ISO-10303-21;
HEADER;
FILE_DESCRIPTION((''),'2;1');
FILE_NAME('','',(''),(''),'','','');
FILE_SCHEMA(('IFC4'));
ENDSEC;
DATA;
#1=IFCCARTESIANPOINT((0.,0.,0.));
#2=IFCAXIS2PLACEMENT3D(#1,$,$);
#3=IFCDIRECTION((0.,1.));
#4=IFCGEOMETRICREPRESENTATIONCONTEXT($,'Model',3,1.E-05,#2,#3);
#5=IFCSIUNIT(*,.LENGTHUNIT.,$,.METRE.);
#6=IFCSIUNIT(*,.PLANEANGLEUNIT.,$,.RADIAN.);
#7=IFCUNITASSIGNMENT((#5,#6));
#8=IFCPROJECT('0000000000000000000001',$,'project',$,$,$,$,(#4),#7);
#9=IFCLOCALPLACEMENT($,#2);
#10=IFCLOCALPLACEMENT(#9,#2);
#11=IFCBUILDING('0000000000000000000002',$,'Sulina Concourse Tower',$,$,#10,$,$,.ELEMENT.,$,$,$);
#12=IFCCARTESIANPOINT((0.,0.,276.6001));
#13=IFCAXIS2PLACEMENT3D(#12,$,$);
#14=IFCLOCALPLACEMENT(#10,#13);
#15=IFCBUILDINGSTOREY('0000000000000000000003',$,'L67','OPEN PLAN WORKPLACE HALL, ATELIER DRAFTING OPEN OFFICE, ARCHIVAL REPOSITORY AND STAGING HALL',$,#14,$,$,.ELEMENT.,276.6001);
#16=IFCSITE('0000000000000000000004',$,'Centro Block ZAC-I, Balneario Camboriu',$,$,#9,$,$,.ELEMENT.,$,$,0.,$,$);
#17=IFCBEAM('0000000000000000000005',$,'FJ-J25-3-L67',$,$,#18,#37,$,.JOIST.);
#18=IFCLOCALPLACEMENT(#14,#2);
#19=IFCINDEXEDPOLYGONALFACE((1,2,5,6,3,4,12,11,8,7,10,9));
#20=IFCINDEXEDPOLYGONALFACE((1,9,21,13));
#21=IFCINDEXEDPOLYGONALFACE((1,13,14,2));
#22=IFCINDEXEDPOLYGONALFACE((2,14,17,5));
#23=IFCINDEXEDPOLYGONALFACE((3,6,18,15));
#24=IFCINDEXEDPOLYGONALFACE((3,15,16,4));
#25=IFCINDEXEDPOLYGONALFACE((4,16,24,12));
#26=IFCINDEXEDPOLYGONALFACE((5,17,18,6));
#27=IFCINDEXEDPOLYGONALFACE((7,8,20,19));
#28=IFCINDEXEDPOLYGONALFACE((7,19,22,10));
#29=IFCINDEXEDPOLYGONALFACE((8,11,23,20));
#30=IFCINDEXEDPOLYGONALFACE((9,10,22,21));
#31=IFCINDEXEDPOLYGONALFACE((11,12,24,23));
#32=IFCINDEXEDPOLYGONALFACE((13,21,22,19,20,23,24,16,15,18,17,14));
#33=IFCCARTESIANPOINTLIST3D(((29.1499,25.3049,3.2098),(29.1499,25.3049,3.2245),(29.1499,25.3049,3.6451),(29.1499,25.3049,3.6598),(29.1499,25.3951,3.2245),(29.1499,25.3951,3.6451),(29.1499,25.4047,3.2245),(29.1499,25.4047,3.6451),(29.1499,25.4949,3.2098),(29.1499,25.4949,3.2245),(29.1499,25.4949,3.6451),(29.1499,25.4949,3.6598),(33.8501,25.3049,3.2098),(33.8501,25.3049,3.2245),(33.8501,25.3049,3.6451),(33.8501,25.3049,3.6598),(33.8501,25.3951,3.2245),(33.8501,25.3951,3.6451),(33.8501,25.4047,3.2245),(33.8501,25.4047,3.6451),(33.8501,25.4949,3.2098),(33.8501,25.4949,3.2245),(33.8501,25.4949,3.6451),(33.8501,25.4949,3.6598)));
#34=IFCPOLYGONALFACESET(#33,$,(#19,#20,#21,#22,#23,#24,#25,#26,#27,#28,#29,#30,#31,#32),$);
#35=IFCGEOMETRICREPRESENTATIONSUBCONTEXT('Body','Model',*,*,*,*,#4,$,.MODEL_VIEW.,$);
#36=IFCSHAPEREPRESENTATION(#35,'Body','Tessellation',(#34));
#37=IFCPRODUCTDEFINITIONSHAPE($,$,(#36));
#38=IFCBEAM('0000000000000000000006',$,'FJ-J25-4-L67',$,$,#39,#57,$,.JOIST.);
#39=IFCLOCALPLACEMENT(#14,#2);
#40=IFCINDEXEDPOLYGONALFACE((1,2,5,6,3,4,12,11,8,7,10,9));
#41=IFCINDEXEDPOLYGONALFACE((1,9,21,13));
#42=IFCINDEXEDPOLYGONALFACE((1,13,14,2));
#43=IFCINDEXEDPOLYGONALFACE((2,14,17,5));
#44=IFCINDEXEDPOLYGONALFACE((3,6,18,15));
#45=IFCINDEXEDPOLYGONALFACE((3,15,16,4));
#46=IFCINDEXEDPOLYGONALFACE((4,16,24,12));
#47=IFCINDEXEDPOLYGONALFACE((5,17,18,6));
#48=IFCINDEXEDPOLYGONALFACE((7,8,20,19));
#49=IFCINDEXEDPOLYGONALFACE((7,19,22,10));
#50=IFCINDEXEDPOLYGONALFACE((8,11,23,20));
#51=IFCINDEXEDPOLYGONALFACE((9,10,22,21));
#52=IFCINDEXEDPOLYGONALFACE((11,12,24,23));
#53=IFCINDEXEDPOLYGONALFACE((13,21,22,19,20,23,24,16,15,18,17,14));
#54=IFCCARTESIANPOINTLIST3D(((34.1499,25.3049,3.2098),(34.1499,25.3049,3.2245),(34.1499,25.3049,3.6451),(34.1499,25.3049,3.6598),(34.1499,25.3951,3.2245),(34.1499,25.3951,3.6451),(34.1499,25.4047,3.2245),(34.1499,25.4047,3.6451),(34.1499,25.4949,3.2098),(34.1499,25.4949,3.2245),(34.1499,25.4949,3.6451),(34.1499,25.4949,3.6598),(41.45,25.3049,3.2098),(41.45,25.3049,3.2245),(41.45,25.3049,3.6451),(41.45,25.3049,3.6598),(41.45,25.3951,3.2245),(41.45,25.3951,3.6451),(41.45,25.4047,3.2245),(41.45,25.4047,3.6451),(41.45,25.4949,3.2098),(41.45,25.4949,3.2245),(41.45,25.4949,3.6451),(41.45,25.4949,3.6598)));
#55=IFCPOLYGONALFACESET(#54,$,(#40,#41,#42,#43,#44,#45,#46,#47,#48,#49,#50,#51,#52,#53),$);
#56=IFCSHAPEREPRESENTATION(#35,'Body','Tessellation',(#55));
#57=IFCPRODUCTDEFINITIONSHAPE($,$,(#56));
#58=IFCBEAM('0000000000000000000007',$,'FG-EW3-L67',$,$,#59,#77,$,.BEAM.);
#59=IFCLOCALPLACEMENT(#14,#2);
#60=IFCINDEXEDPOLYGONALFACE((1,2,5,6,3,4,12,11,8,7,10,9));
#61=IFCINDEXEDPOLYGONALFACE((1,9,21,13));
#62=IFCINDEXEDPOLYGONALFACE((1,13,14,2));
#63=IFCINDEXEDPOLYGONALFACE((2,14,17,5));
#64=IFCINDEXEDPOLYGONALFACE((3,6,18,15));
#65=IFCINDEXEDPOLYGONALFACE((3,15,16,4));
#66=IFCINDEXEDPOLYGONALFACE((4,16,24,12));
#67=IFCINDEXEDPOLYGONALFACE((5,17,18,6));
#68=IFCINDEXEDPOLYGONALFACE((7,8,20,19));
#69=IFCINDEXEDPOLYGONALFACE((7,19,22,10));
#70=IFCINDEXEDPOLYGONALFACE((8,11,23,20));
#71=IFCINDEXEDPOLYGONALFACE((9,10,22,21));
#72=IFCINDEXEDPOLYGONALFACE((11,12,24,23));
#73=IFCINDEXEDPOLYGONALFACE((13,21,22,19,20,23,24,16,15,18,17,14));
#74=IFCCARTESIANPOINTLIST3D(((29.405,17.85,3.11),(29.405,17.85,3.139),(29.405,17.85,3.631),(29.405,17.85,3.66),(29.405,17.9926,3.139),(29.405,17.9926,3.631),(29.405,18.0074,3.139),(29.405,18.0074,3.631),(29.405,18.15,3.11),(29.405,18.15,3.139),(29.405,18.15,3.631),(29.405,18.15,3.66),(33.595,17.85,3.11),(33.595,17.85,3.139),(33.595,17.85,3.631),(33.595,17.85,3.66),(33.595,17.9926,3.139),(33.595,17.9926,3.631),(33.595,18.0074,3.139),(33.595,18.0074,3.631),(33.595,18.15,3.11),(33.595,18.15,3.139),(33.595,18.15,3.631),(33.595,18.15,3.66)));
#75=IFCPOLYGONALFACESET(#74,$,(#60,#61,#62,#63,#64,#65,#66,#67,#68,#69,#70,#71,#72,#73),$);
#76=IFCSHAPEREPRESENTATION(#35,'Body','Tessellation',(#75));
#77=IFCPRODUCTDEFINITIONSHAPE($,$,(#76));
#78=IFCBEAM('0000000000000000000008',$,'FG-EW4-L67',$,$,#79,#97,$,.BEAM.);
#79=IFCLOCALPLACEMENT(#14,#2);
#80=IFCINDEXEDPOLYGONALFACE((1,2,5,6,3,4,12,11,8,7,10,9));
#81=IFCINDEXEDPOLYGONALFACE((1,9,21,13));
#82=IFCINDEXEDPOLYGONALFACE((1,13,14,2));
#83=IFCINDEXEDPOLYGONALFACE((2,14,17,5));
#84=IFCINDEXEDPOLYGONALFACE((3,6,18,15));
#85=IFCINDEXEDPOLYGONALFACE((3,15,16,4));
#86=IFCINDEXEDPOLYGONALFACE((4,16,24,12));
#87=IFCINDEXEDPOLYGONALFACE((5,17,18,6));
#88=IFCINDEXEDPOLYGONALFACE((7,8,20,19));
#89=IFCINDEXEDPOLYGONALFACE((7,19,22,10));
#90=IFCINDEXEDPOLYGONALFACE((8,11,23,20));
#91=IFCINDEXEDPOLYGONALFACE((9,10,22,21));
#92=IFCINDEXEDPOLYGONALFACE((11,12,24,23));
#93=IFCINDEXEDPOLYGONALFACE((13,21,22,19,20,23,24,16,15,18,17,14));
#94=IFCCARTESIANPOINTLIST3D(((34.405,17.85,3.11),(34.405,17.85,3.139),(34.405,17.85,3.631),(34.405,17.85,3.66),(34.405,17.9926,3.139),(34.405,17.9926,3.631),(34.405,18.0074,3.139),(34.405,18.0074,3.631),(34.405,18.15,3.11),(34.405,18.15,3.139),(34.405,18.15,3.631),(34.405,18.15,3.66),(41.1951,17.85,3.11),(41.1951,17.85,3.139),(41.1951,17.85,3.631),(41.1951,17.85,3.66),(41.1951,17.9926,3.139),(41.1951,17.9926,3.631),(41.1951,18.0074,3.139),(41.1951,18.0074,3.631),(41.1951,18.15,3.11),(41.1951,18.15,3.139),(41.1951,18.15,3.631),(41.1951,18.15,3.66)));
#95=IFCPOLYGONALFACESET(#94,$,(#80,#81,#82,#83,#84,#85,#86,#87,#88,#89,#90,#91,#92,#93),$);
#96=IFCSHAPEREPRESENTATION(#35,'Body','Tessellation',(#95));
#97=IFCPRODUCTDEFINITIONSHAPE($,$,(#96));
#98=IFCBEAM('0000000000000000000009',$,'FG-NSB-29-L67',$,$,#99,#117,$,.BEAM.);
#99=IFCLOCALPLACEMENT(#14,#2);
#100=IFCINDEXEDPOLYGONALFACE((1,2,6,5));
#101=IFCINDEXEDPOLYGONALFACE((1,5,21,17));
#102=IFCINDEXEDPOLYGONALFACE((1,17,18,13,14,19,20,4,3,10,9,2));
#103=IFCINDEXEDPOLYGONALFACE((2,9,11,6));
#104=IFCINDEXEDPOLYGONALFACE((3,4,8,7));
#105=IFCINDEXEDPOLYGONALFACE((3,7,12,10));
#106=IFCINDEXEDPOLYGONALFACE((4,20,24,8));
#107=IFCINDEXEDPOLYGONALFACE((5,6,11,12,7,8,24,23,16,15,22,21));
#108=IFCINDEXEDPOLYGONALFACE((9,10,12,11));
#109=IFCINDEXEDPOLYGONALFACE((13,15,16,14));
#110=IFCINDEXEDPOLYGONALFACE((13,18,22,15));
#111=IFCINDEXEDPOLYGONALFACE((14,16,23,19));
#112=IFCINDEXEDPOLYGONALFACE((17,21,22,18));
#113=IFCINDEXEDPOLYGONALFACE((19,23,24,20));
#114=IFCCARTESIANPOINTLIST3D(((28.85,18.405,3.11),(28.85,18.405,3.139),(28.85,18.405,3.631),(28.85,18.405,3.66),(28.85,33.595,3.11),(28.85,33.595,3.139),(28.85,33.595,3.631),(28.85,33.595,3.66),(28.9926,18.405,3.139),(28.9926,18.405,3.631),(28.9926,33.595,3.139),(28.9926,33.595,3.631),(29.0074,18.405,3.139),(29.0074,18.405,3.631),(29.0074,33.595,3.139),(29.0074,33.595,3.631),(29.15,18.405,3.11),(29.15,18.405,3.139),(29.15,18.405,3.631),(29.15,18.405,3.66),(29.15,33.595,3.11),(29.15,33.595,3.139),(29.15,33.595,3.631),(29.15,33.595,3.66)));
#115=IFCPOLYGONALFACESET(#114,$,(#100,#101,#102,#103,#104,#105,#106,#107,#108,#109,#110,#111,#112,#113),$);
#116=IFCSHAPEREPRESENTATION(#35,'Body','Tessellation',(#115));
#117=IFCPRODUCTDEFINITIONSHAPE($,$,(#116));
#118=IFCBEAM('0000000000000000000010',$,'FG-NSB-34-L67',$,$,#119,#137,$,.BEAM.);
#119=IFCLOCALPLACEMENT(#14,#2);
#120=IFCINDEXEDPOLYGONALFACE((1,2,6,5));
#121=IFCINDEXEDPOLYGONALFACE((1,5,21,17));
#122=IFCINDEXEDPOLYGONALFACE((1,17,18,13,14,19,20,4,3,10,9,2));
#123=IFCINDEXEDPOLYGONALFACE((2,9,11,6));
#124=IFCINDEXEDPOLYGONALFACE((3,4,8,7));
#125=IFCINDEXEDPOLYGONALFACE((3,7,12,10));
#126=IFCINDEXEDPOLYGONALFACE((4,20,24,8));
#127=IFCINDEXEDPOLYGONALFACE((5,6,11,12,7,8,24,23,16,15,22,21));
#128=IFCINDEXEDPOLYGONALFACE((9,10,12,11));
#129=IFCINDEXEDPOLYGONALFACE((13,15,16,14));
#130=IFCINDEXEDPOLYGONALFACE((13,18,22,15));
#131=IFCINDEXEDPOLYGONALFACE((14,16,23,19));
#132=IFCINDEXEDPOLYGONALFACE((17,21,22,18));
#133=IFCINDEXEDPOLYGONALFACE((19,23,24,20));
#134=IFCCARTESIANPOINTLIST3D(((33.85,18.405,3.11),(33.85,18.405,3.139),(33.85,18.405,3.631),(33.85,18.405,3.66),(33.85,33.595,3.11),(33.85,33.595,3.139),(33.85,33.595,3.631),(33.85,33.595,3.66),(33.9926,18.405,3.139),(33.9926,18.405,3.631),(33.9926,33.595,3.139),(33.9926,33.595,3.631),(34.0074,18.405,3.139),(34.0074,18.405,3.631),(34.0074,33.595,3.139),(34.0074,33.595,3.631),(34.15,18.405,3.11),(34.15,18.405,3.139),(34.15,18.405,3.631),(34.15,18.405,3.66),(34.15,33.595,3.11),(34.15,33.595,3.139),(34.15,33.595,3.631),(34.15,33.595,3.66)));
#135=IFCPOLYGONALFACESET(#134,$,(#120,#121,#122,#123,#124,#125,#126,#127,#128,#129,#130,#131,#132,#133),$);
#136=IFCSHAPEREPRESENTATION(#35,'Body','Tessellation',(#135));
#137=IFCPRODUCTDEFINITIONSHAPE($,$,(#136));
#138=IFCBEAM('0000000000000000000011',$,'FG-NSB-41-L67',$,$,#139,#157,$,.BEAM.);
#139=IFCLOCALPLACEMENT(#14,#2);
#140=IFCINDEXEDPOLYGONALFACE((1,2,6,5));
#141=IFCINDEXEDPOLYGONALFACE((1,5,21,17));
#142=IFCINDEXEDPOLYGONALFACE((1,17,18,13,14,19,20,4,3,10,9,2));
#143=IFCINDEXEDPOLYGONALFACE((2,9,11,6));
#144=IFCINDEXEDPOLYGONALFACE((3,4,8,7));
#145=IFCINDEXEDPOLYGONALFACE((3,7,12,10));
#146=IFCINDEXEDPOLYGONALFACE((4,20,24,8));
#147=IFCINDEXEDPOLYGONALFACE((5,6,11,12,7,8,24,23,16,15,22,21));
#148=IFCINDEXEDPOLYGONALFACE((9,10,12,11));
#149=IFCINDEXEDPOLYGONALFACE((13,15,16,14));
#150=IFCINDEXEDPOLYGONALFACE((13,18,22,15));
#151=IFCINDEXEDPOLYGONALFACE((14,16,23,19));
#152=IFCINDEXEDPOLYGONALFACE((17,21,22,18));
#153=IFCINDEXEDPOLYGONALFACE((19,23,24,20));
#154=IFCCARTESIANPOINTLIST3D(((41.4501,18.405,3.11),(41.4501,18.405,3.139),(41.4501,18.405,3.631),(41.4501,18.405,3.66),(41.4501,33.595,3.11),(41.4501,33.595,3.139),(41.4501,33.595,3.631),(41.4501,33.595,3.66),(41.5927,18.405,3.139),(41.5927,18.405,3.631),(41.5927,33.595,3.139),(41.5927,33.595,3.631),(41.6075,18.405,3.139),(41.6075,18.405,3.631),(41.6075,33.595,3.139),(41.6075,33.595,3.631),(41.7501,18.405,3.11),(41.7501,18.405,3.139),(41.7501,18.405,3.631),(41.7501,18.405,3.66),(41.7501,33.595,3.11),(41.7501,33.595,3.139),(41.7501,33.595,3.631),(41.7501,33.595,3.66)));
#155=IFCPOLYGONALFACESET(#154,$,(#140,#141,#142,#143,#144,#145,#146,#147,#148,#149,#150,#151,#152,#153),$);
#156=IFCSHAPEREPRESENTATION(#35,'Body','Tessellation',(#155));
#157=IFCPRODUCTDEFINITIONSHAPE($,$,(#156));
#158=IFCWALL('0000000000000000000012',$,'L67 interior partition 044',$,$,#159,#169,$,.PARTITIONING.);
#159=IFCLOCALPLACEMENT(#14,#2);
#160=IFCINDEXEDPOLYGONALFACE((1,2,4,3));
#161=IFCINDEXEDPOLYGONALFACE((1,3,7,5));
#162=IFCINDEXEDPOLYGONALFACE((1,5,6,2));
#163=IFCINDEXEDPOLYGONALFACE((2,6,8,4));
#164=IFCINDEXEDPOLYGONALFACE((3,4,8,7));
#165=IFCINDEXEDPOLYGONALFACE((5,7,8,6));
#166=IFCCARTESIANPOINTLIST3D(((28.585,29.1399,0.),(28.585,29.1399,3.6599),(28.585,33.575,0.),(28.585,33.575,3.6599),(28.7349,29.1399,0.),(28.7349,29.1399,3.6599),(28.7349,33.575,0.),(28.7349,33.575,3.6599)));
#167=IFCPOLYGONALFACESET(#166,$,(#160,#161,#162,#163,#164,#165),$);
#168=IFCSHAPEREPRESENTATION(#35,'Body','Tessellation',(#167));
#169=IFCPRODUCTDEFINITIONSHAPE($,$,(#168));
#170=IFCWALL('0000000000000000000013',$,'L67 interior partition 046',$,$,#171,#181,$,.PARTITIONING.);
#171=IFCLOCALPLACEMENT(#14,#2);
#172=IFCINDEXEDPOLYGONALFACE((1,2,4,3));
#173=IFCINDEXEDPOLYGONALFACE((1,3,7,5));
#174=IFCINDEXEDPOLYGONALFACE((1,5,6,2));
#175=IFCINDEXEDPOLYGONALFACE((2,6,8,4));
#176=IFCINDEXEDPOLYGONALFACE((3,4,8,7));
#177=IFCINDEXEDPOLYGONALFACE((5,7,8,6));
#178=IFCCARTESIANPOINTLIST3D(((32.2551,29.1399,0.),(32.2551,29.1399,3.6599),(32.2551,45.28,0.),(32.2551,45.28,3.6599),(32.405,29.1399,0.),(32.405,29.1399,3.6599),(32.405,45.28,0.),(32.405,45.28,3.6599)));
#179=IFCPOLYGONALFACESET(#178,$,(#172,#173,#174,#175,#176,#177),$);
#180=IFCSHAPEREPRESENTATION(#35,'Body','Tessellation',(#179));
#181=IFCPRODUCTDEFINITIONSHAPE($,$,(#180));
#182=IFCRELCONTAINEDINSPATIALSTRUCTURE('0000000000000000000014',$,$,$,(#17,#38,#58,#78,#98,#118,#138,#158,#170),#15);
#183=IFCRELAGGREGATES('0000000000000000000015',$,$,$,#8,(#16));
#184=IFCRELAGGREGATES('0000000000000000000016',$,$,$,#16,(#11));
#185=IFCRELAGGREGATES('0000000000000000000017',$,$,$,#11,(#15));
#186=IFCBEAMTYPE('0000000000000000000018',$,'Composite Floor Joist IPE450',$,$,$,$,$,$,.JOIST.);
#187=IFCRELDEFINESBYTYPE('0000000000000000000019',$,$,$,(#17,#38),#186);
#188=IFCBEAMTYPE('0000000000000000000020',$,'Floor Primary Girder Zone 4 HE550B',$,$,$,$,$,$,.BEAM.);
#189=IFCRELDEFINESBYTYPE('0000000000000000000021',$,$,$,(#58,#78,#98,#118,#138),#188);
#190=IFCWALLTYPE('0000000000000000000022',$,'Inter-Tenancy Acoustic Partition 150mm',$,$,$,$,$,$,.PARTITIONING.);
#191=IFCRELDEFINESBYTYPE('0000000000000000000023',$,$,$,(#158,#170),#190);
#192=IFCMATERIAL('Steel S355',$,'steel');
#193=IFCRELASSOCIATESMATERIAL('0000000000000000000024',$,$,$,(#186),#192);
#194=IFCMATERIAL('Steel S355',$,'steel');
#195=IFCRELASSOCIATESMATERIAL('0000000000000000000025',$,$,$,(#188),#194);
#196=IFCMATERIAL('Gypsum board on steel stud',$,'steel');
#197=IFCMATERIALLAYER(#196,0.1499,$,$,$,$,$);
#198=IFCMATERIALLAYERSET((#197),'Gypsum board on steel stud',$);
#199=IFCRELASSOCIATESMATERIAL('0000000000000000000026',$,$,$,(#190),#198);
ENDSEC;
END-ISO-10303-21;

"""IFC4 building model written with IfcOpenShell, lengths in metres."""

from ifc_helpers import new_model, si_unit, direction, frame, frame_2d, origin, origin_2d, place, context, subcontext, project, spatial, rectangle, i_section, extrude, material, layer, layer_set, material_profile, profile_set, type_object, element, save


model = new_model("IFC4")

# Units and contexts
model_context = context("Model", 3, precision=1e-05, world=origin(), true_north=direction((0.0, 1.0)))
body_context = subcontext(model_context, "Body", "Model", "MODEL_VIEW")
ifc_project = project(units=[si_unit("LENGTHUNIT", "METRE"), si_unit("PLANEANGLEUNIT", "RADIAN")], contexts=[model_context])

# Site, building, storey
site_placement = place(None, origin())
site = spatial("IfcSite", under=ifc_project, at=site_placement, Name="Centro Block ZAC-I, Balneario Camboriu", CompositionType="ELEMENT", RefElevation=0.0)
building_placement = place(site_placement, origin())
building = spatial("IfcBuilding", under=site, at=building_placement, Name="Sulina Concourse Tower", CompositionType="ELEMENT")
storey_placement = place(building_placement, frame((0.0, 0.0, 276.6001)))
storey = spatial("IfcBuildingStorey", under=building, at=storey_placement, Name="L67", Description="OPEN PLAN WORKPLACE HALL, ATELIER DRAFTING OPEN OFFICE, ARCHIVAL REPOSITORY AND STAGING HALL", CompositionType="ELEMENT", Elevation=276.6001)

# Beams
ifc_material_1 = material(Name="Steel S355", Category="steel")
ifc_material_profile_1 = material_profile(ifc_material_1, i_section(OverallWidth=0.1899, OverallDepth=0.45, WebThickness=0.0095, FlangeThickness=0.0146, at=origin_2d()), Name="IPE 450")
ifc_profile_set_1 = profile_set([ifc_material_profile_1], Name="Steel S355")
beam_type_1 = type_object("IfcBeamType", Name="Composite Floor Joist IPE450", PredefinedType="JOIST", material=ifc_profile_set_1)
beam_1_placement = place(storey_placement, frame((29.1499, 25.3999, 3.4348), z_axis=(1.0, 0.0, 0.0), x_axis=(0.0, 1.0, 0.0)))
element("IfcBeam", 1, at=beam_1_placement, inside=storey, type_object=beam_type_1, Name="FJ-J25-3-L67", PredefinedType="JOIST", context=body_context, shape_type="SweptSolid", body=[
    extrude(i_section(OverallWidth=0.1899, OverallDepth=0.45, WebThickness=0.0095, FlangeThickness=0.0146, at=origin_2d()), origin(), (0.0, 0.0, 1.0), 4.7002),
])
beam_2_placement = place(storey_placement, frame((34.1499, 25.3999, 3.4348), z_axis=(1.0, 0.0, 0.0), x_axis=(0.0, 1.0, 0.0)))
element("IfcBeam", 2, at=beam_2_placement, inside=storey, type_object=beam_type_1, Name="FJ-J25-4-L67", PredefinedType="JOIST", context=body_context, shape_type="SweptSolid", body=[
    extrude(i_section(OverallWidth=0.1899, OverallDepth=0.45, WebThickness=0.0095, FlangeThickness=0.0146, at=origin_2d()), origin(), (0.0, 0.0, 1.0), 7.3),
])
ifc_material_2 = material(Name="Steel S355", Category="steel")
ifc_material_profile_2 = material_profile(ifc_material_2, i_section(OverallWidth=0.3, OverallDepth=0.55, WebThickness=0.0149, FlangeThickness=0.0291, at=origin_2d()), Name="HE 550 B")
ifc_profile_set_2 = profile_set([ifc_material_profile_2], Name="Steel S355")
beam_type_2 = type_object("IfcBeamType", Name="Floor Primary Girder Zone 4 HE550B", PredefinedType="BEAM", material=ifc_profile_set_2)
beam_3_placement = place(storey_placement, frame((29.405, 18.0, 3.385), z_axis=(1.0, 0.0, 0.0), x_axis=(0.0, 1.0, 0.0)))
element("IfcBeam", 3, at=beam_3_placement, inside=storey, type_object=beam_type_2, Name="FG-EW3-L67", PredefinedType="BEAM", context=body_context, shape_type="SweptSolid", body=[
    extrude(i_section(OverallWidth=0.3, OverallDepth=0.55, WebThickness=0.0149, FlangeThickness=0.0291, at=origin_2d()), origin(), (0.0, 0.0, 1.0), 4.1899),
])
beam_4_placement = place(storey_placement, frame((34.405, 18.0, 3.385), z_axis=(1.0, 0.0, 0.0), x_axis=(0.0, 1.0, 0.0)))
element("IfcBeam", 4, at=beam_4_placement, inside=storey, type_object=beam_type_2, Name="FG-EW4-L67", PredefinedType="BEAM", context=body_context, shape_type="SweptSolid", body=[
    extrude(i_section(OverallWidth=0.3, OverallDepth=0.55, WebThickness=0.0149, FlangeThickness=0.0291, at=origin_2d()), origin(), (0.0, 0.0, 1.0), 6.79),
])
for number, where, z_axis, x_axis, name in (
    (5, (29.0, 18.405, 3.385), (0.0, 1.0, 0.0), (-1.0, 0.0, 0.0), "FG-NSB-29-L67"),
    (6, (34.0, 18.405, 3.385), (0.0, 1.0, 0.0), (-1.0, 0.0, 0.0), "FG-NSB-34-L67"),
    (7, (41.6001, 18.405, 3.385), (0.0, 1.0, 0.0), (-1.0, 0.0, 0.0), "FG-NSB-41-L67"),
):
    element("IfcBeam", number, at=place(storey_placement, frame(where, z_axis=z_axis, x_axis=x_axis)), inside=storey, type_object=beam_type_2, Name=name, PredefinedType="BEAM", context=body_context, shape_type="SweptSolid", body=[
        extrude(i_section(OverallWidth=0.3, OverallDepth=0.55, WebThickness=0.0149, FlangeThickness=0.0291, at=origin_2d()), origin(), (0.0, 0.0, 1.0), 15.1899),
    ])

# Walls
ifc_material_3 = material(Name="Gypsum board on steel stud", Category="steel")
ifc_layer_1 = layer(ifc_material_3, 0.1499)
ifc_layer_set_1 = layer_set([ifc_layer_1], Name="Gypsum board on steel stud")
wall_type_1 = type_object("IfcWallType", Name="Inter-Tenancy Acoustic Partition 150mm", PredefinedType="PARTITIONING", material=ifc_layer_set_1)
wall_1_placement = place(storey_placement, frame((28.6599, 29.1399, 0.0), z_axis=(0.0, 0.0, 1.0), x_axis=(0.0, 1.0, 0.0)))
element("IfcWall", 8, at=wall_1_placement, inside=storey, type_object=wall_type_1, Name="L67 interior partition 044", PredefinedType="PARTITIONING", context=body_context, shape_type="SweptSolid", body=[
    extrude(rectangle(XDim=4.4351, YDim=0.1499, at=frame_2d((2.2175, 0.0))), origin(), (0.0, 0.0, 1.0), 3.6599),
])
wall_2_placement = place(storey_placement, frame((32.3301, 29.1399, 0.0), z_axis=(0.0, 0.0, 1.0), x_axis=(0.0, 1.0, 0.0)))
element("IfcWall", 9, at=wall_2_placement, inside=storey, type_object=wall_type_1, Name="L67 interior partition 046", PredefinedType="PARTITIONING", context=body_context, shape_type="SweptSolid", body=[
    extrude(rectangle(XDim=16.1401, YDim=0.1499, at=frame_2d((8.0701, 0.0))), origin(), (0.0, 0.0, 1.0), 3.6599),
])

save(model, "model.ifc")
